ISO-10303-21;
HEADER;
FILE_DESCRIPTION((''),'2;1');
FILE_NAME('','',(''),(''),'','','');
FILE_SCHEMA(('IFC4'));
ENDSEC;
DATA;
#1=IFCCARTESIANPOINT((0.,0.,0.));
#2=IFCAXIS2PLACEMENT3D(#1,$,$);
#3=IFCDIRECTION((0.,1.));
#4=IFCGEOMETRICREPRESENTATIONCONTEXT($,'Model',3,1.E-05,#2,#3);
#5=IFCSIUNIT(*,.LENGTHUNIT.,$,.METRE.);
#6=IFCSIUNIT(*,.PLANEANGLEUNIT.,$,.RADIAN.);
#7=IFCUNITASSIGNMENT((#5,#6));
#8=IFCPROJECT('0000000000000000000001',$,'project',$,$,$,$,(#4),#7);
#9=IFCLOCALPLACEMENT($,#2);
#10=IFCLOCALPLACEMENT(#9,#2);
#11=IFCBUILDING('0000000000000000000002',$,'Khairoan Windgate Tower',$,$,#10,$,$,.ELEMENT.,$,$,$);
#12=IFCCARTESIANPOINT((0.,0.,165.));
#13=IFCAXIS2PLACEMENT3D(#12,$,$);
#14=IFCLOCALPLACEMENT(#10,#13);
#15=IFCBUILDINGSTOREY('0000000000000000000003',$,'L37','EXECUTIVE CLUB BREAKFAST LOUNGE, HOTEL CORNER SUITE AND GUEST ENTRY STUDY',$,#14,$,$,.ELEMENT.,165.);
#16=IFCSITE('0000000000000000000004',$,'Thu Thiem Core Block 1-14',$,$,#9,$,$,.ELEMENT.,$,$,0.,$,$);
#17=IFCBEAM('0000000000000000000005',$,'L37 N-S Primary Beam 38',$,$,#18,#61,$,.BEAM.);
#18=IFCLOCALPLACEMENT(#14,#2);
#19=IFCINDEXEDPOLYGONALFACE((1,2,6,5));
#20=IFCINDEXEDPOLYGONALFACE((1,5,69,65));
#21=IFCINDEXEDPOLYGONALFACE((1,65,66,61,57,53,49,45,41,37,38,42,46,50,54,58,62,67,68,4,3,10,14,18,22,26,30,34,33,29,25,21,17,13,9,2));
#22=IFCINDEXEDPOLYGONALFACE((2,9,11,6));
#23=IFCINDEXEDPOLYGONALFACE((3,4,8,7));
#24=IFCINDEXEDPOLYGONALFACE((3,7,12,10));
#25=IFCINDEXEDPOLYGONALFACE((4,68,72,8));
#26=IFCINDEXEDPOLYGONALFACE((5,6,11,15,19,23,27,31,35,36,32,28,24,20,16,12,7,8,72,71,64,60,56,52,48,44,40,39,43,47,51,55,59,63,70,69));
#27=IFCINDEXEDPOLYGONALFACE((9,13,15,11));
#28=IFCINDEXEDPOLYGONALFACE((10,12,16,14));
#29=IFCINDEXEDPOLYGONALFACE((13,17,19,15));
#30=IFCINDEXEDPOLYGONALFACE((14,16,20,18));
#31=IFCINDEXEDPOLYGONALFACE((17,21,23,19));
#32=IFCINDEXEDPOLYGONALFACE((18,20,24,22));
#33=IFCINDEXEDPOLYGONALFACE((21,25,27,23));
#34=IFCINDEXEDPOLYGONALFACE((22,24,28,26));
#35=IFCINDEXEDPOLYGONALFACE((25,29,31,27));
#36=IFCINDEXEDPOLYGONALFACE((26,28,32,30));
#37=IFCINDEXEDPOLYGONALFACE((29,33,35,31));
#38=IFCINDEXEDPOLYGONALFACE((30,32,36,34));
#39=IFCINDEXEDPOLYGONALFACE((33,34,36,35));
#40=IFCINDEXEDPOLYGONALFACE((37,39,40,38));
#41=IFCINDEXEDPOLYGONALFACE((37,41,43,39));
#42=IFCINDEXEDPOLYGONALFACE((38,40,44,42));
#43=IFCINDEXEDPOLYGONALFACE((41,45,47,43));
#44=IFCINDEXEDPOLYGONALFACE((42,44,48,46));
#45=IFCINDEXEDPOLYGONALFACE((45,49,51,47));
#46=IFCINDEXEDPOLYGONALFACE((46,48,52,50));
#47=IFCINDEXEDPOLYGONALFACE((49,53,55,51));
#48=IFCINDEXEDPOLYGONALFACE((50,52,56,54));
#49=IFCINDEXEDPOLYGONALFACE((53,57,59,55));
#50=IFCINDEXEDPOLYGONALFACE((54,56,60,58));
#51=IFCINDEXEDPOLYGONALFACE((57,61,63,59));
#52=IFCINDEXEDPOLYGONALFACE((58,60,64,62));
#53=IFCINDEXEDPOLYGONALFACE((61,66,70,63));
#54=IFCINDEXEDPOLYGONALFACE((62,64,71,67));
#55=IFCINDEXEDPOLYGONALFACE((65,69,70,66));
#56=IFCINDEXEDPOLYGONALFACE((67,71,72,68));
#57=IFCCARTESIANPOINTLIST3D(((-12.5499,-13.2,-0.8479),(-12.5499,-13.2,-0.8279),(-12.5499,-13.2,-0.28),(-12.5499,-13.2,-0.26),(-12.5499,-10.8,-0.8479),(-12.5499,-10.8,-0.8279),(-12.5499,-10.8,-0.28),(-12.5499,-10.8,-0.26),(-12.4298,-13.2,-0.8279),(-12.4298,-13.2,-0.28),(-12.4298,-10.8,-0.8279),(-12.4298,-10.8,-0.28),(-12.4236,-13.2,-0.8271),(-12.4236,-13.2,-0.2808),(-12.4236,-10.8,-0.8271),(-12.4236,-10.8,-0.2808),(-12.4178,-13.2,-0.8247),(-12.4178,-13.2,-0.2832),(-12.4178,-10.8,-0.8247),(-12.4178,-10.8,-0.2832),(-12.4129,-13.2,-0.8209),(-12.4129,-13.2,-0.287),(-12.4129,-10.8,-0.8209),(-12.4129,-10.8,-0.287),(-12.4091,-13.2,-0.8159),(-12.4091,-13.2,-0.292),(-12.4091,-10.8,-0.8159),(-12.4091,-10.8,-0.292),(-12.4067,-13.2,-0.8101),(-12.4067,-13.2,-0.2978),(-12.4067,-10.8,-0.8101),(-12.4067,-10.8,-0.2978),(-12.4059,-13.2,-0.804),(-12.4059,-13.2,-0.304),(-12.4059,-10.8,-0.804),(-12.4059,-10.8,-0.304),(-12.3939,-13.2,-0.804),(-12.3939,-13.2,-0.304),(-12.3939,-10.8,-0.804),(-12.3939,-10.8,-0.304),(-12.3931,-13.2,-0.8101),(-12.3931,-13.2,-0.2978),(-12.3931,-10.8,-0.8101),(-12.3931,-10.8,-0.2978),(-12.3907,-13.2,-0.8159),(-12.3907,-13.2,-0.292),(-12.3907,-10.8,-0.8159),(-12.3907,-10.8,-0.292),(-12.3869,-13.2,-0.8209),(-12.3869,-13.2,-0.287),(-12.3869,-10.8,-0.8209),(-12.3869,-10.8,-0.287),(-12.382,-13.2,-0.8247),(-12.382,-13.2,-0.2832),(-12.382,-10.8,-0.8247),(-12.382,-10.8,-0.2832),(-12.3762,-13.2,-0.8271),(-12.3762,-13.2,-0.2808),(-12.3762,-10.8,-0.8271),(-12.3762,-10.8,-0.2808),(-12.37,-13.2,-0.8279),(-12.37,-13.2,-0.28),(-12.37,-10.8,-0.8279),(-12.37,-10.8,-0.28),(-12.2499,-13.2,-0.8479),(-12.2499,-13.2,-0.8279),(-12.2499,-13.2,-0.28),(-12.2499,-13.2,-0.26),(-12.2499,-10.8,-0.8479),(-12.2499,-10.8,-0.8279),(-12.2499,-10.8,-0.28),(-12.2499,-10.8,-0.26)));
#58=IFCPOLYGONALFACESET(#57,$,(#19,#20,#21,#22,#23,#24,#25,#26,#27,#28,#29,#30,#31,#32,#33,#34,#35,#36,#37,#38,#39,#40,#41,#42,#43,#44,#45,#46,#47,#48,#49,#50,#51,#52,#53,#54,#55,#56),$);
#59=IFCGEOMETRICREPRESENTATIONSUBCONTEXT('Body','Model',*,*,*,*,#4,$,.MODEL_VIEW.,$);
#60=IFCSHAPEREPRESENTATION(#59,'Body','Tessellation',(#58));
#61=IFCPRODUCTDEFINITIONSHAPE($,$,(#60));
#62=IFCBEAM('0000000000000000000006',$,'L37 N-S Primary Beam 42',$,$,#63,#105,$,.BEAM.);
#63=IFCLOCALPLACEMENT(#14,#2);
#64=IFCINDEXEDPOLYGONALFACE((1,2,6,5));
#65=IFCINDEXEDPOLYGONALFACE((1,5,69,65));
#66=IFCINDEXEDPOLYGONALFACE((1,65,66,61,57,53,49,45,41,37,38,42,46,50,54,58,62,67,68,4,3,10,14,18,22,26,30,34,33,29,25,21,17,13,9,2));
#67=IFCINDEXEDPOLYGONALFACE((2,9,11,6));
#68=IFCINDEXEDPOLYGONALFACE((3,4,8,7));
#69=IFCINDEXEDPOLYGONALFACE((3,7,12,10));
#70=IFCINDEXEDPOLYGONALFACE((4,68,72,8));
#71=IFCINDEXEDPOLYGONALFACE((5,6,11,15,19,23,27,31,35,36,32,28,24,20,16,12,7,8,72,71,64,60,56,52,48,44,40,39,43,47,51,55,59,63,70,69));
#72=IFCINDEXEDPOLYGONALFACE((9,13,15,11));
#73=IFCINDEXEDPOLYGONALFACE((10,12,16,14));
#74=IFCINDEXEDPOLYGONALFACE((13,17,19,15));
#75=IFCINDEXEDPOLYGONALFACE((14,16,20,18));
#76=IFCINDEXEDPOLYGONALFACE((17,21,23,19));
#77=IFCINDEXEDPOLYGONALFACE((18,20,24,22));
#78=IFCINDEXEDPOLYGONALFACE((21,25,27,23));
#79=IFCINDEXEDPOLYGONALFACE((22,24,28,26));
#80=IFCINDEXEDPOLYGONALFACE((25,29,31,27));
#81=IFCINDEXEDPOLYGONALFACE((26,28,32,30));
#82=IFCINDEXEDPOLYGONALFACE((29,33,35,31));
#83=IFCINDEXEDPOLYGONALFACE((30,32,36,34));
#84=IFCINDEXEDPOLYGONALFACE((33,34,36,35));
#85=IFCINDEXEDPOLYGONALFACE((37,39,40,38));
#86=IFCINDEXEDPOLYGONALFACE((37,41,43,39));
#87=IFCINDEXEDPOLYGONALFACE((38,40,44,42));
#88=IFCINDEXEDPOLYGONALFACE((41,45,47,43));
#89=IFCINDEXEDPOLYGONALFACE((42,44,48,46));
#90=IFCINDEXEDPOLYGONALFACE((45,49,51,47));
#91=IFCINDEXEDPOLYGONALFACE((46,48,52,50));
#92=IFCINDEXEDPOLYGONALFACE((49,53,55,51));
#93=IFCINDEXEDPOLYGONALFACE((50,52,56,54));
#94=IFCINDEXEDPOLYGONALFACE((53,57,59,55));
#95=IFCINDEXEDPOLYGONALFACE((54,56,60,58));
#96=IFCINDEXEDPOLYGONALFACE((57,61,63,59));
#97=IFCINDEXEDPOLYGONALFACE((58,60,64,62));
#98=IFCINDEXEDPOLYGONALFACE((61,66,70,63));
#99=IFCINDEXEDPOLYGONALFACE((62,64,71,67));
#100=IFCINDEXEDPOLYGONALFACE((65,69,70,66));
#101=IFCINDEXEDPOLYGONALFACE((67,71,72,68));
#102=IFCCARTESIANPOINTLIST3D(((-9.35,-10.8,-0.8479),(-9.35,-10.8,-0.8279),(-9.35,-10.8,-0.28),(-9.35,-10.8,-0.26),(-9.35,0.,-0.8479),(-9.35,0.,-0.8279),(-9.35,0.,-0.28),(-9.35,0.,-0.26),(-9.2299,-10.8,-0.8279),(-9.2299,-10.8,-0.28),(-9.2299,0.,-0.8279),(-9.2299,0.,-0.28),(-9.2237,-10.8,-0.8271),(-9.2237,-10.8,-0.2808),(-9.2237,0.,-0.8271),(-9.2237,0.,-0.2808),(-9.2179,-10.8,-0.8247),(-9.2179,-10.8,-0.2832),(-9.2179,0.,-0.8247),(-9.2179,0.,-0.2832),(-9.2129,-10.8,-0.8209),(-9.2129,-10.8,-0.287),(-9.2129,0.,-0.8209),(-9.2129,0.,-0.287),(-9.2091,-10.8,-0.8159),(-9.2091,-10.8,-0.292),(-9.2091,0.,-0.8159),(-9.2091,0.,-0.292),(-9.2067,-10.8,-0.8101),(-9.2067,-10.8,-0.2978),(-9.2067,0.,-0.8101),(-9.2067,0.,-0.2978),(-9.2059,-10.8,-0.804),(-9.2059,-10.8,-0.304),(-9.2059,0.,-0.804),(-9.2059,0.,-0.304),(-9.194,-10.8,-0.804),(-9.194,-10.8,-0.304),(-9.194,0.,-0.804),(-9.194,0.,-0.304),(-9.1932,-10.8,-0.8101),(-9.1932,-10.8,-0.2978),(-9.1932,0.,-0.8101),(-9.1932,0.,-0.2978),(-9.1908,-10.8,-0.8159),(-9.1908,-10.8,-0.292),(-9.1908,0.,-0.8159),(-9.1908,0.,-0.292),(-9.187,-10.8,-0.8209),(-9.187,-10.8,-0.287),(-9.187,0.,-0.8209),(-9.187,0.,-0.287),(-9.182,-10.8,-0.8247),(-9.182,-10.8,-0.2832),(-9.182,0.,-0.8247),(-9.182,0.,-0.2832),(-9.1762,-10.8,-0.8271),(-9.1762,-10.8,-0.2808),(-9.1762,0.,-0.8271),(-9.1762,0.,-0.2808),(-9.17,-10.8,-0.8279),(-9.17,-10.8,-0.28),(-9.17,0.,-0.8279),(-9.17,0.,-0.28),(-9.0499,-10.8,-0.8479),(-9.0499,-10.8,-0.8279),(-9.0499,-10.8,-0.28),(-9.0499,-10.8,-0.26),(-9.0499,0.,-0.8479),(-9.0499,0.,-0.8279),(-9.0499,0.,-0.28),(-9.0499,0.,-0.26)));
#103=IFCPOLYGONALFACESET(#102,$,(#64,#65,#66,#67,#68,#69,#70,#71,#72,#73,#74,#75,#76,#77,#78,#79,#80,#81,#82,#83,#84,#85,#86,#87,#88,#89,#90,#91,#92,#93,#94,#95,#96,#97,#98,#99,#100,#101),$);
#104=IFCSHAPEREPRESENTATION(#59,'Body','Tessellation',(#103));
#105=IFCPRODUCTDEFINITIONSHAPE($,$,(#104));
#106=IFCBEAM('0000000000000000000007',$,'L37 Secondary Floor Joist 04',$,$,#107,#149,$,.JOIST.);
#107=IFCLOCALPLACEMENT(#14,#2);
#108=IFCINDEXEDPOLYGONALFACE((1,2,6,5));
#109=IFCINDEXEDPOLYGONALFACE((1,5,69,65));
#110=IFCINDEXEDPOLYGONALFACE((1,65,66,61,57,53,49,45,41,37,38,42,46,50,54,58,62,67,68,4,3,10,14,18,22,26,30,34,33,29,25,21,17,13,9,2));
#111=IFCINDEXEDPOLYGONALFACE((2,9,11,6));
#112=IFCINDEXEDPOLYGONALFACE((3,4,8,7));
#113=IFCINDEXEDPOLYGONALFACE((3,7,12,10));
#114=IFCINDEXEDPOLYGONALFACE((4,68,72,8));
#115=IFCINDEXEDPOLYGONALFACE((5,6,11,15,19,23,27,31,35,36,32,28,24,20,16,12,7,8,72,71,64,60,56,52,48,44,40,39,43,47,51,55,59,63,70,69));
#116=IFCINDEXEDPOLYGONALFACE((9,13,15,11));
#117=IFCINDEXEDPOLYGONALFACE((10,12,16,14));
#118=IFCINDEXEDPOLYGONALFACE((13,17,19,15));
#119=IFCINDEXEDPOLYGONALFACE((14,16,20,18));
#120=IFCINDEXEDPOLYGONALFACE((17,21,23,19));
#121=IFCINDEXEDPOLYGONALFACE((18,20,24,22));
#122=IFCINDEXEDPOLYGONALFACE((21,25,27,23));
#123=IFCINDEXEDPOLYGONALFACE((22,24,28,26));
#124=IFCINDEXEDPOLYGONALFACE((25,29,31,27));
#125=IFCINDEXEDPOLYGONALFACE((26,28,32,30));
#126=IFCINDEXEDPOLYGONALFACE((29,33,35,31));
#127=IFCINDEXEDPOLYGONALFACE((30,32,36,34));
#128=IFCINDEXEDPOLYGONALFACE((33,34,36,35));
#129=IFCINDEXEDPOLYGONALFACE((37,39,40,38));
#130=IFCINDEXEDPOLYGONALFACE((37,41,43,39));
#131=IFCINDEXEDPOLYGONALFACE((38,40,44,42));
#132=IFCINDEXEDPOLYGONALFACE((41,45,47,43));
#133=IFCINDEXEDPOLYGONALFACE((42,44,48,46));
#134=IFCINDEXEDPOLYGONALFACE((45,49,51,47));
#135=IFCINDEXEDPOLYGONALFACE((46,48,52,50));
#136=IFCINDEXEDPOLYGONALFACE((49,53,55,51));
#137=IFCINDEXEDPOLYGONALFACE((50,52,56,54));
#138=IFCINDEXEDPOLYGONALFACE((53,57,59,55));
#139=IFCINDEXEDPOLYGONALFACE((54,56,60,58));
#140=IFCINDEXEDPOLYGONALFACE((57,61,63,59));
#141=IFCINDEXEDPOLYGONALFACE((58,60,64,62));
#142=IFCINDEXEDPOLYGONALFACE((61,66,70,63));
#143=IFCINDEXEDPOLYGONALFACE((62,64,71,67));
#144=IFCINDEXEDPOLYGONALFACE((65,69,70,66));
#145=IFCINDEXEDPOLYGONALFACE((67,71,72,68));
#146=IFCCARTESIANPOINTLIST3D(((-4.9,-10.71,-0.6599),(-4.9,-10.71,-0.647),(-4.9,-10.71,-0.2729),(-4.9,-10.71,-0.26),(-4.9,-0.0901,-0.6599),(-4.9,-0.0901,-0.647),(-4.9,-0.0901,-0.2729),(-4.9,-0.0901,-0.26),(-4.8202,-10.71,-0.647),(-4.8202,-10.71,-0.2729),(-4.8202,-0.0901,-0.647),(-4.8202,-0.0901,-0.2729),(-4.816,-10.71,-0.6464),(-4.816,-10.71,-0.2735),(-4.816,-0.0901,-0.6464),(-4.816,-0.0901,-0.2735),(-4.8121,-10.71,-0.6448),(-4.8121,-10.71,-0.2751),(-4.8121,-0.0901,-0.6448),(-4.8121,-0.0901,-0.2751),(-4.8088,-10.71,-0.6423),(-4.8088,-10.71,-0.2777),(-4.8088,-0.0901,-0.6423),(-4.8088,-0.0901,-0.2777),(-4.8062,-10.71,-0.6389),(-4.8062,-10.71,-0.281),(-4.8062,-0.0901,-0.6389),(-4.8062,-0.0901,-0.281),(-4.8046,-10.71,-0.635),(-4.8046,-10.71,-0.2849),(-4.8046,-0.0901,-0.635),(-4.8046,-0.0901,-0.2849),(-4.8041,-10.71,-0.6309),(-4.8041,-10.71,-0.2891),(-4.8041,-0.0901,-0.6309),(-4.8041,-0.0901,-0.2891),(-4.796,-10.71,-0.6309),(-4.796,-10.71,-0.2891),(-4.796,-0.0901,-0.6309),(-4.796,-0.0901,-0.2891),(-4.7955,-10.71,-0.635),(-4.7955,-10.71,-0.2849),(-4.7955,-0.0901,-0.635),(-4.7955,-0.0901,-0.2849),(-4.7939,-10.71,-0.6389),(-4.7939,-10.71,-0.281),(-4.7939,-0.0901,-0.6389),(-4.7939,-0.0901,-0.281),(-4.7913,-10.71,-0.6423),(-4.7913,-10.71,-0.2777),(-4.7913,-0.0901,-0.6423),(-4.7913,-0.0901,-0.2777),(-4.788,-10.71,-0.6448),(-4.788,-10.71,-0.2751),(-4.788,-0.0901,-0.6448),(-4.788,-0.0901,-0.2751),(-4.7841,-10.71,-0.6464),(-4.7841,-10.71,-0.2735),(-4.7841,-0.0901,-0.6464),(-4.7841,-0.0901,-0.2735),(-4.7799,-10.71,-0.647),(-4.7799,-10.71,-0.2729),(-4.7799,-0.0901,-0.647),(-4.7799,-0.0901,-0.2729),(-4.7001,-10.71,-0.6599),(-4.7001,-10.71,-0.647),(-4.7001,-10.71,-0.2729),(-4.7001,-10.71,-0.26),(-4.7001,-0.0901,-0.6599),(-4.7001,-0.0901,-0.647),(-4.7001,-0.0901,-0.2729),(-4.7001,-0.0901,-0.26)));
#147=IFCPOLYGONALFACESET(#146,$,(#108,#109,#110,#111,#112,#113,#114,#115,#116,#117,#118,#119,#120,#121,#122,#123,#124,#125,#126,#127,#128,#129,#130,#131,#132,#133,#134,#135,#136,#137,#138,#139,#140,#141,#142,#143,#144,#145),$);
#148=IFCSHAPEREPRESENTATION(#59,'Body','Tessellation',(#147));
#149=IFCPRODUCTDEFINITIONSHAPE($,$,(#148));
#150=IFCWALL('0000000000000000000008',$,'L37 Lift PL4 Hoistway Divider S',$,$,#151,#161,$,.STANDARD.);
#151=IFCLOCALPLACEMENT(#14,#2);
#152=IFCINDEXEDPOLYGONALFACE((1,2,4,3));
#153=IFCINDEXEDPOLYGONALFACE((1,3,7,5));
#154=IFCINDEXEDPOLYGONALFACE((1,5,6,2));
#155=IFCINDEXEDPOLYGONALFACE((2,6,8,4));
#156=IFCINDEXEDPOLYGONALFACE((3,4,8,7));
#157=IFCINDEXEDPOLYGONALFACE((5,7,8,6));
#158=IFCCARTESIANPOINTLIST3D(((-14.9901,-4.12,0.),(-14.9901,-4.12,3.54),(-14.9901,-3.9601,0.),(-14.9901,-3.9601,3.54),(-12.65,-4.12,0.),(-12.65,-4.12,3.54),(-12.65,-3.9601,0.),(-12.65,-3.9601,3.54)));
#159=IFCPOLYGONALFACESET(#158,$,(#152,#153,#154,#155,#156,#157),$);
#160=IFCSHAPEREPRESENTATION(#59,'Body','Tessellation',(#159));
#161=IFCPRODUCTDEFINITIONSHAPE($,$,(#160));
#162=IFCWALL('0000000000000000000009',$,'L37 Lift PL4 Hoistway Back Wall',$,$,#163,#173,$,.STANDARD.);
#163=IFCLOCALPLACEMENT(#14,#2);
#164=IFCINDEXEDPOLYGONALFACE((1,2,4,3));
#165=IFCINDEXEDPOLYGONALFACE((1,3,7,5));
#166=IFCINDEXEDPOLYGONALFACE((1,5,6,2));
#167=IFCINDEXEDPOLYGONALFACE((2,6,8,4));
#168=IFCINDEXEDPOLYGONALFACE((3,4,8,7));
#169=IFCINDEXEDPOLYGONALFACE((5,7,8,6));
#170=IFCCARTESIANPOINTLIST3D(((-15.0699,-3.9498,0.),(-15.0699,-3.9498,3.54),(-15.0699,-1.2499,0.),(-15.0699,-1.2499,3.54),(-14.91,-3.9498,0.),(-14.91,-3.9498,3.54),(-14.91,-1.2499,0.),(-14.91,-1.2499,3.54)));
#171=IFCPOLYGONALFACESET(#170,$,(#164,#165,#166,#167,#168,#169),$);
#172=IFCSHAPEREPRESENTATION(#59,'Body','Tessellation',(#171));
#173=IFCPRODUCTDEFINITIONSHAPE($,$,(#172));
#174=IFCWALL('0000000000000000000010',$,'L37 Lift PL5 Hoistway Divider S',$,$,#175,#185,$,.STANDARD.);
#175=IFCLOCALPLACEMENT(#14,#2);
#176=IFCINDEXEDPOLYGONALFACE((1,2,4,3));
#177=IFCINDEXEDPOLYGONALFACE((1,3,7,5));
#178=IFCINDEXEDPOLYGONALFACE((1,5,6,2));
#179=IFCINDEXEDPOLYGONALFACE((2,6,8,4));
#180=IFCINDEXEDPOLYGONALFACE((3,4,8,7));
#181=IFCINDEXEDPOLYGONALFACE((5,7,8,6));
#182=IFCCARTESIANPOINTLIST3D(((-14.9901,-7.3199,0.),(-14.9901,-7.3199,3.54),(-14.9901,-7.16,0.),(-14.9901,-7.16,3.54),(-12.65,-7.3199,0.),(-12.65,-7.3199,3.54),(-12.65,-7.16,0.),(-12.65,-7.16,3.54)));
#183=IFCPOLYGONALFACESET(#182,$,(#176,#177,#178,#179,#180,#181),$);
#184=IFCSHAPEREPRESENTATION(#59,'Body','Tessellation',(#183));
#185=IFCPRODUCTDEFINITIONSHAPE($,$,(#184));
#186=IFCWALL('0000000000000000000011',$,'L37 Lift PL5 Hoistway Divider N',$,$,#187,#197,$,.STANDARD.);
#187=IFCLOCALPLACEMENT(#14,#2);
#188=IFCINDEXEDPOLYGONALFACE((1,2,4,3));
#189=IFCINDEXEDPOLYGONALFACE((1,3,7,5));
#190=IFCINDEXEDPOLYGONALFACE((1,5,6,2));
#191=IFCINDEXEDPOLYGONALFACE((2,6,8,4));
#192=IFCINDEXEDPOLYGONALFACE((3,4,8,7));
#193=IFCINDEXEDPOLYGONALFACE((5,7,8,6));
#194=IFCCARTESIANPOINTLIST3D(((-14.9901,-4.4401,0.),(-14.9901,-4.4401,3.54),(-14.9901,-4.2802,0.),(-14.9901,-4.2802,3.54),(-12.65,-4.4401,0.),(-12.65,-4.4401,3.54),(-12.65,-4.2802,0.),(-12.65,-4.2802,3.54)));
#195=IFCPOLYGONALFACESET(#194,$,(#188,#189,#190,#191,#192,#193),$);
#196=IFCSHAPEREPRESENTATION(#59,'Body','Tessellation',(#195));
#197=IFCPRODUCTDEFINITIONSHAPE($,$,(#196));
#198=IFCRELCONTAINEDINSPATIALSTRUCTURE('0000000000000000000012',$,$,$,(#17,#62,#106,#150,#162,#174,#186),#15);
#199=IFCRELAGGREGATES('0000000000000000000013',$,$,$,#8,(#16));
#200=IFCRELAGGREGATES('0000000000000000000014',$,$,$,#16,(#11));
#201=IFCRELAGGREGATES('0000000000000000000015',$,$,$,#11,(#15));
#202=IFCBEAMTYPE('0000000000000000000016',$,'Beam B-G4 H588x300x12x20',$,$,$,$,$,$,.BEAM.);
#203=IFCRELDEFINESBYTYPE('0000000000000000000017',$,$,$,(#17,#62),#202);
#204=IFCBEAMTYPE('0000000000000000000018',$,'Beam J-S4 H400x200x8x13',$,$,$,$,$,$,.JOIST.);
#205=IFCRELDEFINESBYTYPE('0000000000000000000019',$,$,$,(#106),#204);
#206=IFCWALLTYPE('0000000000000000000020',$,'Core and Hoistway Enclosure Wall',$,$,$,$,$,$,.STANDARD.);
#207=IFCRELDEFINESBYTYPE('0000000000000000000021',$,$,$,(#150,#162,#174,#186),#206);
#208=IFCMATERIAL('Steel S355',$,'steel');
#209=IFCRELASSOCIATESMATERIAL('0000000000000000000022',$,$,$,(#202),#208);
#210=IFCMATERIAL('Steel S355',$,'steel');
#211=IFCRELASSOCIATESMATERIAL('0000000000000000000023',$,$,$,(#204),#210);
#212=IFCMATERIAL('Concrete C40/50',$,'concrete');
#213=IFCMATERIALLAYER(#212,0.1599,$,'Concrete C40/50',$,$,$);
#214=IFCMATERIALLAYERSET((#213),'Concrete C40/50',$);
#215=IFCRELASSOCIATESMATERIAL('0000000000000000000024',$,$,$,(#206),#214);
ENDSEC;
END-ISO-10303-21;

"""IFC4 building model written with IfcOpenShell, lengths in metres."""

from ifc_helpers import new_model, si_unit, direction, frame, frame_2d, origin, origin_2d, place, context, subcontext, project, spatial, rectangle, i_section, extrude, material, layer, layer_set, material_profile, profile_set, type_object, element, save


model = new_model("IFC4")

# Units and contexts
model_context = context("Model", 3, precision=1e-05, world=origin(), true_north=direction((0.0, 1.0)))
body_context = subcontext(model_context, "Body", "Model", "MODEL_VIEW")
ifc_project = project(units=[si_unit("LENGTHUNIT", "METRE"), si_unit("PLANEANGLEUNIT", "RADIAN")], contexts=[model_context])

# Site, building, storey
site_placement = place(None, origin())
site = spatial("IfcSite", under=ifc_project, at=site_placement, Name="Thu Thiem Core Block 1-14", CompositionType="ELEMENT", RefElevation=0.0)
building_placement = place(site_placement, origin())
building = spatial("IfcBuilding", under=site, at=building_placement, Name="Khairoan Windgate Tower", CompositionType="ELEMENT")
storey_placement = place(building_placement, frame((0.0, 0.0, 165.0)))
storey = spatial("IfcBuildingStorey", under=building, at=storey_placement, Name="L37", Description="EXECUTIVE CLUB BREAKFAST LOUNGE, HOTEL CORNER SUITE AND GUEST ENTRY STUDY", CompositionType="ELEMENT", Elevation=165.0)

# Beams
ifc_material_1 = material(Name="Steel S355", Category="steel")
ifc_material_profile_1 = material_profile(ifc_material_1, i_section(OverallWidth=0.3, OverallDepth=0.5879, WebThickness=0.012, FlangeThickness=0.02, FilletRadius=0.0239, at=origin_2d()))
ifc_profile_set_1 = profile_set([ifc_material_profile_1], Name="Steel S355")
beam_type_1 = type_object("IfcBeamType", Name="Beam B-G4 H588x300x12x20", PredefinedType="BEAM", material=ifc_profile_set_1)
beam_1_placement = place(storey_placement, frame((-12.3999, -13.2, -0.554), z_axis=(0.0, 1.0, 0.0), x_axis=(-1.0, 0.0, 0.0)))
element("IfcBeam", 1, at=beam_1_placement, inside=storey, type_object=beam_type_1, Name="L37 N-S Primary Beam 38", PredefinedType="BEAM", context=body_context, shape_type="SweptSolid", body=[
    extrude(i_section(OverallWidth=0.3, OverallDepth=0.5879, WebThickness=0.012, FlangeThickness=0.02, FilletRadius=0.0239, at=origin_2d()), origin(), (0.0, 0.0, 1.0), 2.3999),
])
beam_2_placement = place(storey_placement, frame((-9.2, -10.8, -0.554), z_axis=(0.0, 1.0, 0.0), x_axis=(-1.0, 0.0, 0.0)))
element("IfcBeam", 2, at=beam_2_placement, inside=storey, type_object=beam_type_1, Name="L37 N-S Primary Beam 42", PredefinedType="BEAM", context=body_context, shape_type="SweptSolid", body=[
    extrude(i_section(OverallWidth=0.3, OverallDepth=0.5879, WebThickness=0.012, FlangeThickness=0.02, FilletRadius=0.0239, at=origin_2d()), origin(), (0.0, 0.0, 1.0), 10.8),
])
ifc_material_2 = material(Name="Steel S355", Category="steel")
ifc_material_profile_2 = material_profile(ifc_material_2, i_section(OverallWidth=0.2, OverallDepth=0.3999, WebThickness=0.0081, FlangeThickness=0.0129, FilletRadius=0.0161, at=origin_2d()))
ifc_profile_set_2 = profile_set([ifc_material_profile_2], Name="Steel S355")
beam_type_2 = type_object("IfcBeamType", Name="Beam J-S4 H400x200x8x13", PredefinedType="JOIST", material=ifc_profile_set_2)
beam_3_placement = place(storey_placement, frame((-4.8, -10.71, -0.46), z_axis=(0.0, 1.0, 0.0), x_axis=(-1.0, 0.0, 0.0)))
element("IfcBeam", 3, at=beam_3_placement, inside=storey, type_object=beam_type_2, Name="L37 Secondary Floor Joist 04", PredefinedType="JOIST", context=body_context, shape_type="SweptSolid", body=[
    extrude(i_section(OverallWidth=0.2, OverallDepth=0.3999, WebThickness=0.0081, FlangeThickness=0.0129, FilletRadius=0.0161, at=origin_2d()), origin(), (0.0, 0.0, 1.0), 10.6199),
])

# Walls
ifc_material_3 = material(Name="Concrete C40/50", Category="concrete")
ifc_layer_1 = layer(ifc_material_3, 0.1599, Name="Concrete C40/50")
ifc_layer_set_1 = layer_set([ifc_layer_1], Name="Concrete C40/50")
wall_type_1 = type_object("IfcWallType", Name="Core and Hoistway Enclosure Wall", PredefinedType="STANDARD", material=ifc_layer_set_1)
wall_1_placement = place(storey_placement, frame((-14.99, -4.04, 0.0), z_axis=(0.0, 0.0, 1.0), x_axis=(1.0, 0.0, 0.0)))
element("IfcWall", 4, at=wall_1_placement, inside=storey, type_object=wall_type_1, Name="L37 Lift PL4 Hoistway Divider S", PredefinedType="STANDARD", context=body_context, shape_type="SweptSolid", body=[
    extrude(rectangle(XDim=2.3401, YDim=0.1599, at=frame_2d((1.1699, 0.0))), origin(), (0.0, 0.0, 1.0), 3.54),
])
wall_2_placement = place(storey_placement, frame((-14.99, -3.95, 0.0), z_axis=(0.0, 0.0, 1.0), x_axis=(0.0, 1.0, 0.0)))
element("IfcWall", 5, at=wall_2_placement, inside=storey, type_object=wall_type_1, Name="L37 Lift PL4 Hoistway Back Wall", PredefinedType="STANDARD", context=body_context, shape_type="SweptSolid", body=[
    extrude(rectangle(XDim=2.7, YDim=0.1599, at=frame_2d((1.3501, 0.0))), origin(), (0.0, 0.0, 1.0), 3.54),
])
for number, where, z_axis, x_axis, name in (
    (6, (-14.99, -7.24, 0.0), (0.0, 0.0, 1.0), (1.0, 0.0, 0.0), "L37 Lift PL5 Hoistway Divider S"),
    (7, (-14.99, -4.3601, 0.0), (0.0, 0.0, 1.0), (1.0, 0.0, 0.0), "L37 Lift PL5 Hoistway Divider N"),
):
    element("IfcWall", number, at=place(storey_placement, frame(where, z_axis=z_axis, x_axis=x_axis)), inside=storey, type_object=wall_type_1, Name=name, PredefinedType="STANDARD", context=body_context, shape_type="SweptSolid", body=[
        extrude(rectangle(XDim=2.3401, YDim=0.1599, at=frame_2d((1.1699, 0.0))), origin(), (0.0, 0.0, 1.0), 3.54),
    ])

save(model, "model.ifc")
